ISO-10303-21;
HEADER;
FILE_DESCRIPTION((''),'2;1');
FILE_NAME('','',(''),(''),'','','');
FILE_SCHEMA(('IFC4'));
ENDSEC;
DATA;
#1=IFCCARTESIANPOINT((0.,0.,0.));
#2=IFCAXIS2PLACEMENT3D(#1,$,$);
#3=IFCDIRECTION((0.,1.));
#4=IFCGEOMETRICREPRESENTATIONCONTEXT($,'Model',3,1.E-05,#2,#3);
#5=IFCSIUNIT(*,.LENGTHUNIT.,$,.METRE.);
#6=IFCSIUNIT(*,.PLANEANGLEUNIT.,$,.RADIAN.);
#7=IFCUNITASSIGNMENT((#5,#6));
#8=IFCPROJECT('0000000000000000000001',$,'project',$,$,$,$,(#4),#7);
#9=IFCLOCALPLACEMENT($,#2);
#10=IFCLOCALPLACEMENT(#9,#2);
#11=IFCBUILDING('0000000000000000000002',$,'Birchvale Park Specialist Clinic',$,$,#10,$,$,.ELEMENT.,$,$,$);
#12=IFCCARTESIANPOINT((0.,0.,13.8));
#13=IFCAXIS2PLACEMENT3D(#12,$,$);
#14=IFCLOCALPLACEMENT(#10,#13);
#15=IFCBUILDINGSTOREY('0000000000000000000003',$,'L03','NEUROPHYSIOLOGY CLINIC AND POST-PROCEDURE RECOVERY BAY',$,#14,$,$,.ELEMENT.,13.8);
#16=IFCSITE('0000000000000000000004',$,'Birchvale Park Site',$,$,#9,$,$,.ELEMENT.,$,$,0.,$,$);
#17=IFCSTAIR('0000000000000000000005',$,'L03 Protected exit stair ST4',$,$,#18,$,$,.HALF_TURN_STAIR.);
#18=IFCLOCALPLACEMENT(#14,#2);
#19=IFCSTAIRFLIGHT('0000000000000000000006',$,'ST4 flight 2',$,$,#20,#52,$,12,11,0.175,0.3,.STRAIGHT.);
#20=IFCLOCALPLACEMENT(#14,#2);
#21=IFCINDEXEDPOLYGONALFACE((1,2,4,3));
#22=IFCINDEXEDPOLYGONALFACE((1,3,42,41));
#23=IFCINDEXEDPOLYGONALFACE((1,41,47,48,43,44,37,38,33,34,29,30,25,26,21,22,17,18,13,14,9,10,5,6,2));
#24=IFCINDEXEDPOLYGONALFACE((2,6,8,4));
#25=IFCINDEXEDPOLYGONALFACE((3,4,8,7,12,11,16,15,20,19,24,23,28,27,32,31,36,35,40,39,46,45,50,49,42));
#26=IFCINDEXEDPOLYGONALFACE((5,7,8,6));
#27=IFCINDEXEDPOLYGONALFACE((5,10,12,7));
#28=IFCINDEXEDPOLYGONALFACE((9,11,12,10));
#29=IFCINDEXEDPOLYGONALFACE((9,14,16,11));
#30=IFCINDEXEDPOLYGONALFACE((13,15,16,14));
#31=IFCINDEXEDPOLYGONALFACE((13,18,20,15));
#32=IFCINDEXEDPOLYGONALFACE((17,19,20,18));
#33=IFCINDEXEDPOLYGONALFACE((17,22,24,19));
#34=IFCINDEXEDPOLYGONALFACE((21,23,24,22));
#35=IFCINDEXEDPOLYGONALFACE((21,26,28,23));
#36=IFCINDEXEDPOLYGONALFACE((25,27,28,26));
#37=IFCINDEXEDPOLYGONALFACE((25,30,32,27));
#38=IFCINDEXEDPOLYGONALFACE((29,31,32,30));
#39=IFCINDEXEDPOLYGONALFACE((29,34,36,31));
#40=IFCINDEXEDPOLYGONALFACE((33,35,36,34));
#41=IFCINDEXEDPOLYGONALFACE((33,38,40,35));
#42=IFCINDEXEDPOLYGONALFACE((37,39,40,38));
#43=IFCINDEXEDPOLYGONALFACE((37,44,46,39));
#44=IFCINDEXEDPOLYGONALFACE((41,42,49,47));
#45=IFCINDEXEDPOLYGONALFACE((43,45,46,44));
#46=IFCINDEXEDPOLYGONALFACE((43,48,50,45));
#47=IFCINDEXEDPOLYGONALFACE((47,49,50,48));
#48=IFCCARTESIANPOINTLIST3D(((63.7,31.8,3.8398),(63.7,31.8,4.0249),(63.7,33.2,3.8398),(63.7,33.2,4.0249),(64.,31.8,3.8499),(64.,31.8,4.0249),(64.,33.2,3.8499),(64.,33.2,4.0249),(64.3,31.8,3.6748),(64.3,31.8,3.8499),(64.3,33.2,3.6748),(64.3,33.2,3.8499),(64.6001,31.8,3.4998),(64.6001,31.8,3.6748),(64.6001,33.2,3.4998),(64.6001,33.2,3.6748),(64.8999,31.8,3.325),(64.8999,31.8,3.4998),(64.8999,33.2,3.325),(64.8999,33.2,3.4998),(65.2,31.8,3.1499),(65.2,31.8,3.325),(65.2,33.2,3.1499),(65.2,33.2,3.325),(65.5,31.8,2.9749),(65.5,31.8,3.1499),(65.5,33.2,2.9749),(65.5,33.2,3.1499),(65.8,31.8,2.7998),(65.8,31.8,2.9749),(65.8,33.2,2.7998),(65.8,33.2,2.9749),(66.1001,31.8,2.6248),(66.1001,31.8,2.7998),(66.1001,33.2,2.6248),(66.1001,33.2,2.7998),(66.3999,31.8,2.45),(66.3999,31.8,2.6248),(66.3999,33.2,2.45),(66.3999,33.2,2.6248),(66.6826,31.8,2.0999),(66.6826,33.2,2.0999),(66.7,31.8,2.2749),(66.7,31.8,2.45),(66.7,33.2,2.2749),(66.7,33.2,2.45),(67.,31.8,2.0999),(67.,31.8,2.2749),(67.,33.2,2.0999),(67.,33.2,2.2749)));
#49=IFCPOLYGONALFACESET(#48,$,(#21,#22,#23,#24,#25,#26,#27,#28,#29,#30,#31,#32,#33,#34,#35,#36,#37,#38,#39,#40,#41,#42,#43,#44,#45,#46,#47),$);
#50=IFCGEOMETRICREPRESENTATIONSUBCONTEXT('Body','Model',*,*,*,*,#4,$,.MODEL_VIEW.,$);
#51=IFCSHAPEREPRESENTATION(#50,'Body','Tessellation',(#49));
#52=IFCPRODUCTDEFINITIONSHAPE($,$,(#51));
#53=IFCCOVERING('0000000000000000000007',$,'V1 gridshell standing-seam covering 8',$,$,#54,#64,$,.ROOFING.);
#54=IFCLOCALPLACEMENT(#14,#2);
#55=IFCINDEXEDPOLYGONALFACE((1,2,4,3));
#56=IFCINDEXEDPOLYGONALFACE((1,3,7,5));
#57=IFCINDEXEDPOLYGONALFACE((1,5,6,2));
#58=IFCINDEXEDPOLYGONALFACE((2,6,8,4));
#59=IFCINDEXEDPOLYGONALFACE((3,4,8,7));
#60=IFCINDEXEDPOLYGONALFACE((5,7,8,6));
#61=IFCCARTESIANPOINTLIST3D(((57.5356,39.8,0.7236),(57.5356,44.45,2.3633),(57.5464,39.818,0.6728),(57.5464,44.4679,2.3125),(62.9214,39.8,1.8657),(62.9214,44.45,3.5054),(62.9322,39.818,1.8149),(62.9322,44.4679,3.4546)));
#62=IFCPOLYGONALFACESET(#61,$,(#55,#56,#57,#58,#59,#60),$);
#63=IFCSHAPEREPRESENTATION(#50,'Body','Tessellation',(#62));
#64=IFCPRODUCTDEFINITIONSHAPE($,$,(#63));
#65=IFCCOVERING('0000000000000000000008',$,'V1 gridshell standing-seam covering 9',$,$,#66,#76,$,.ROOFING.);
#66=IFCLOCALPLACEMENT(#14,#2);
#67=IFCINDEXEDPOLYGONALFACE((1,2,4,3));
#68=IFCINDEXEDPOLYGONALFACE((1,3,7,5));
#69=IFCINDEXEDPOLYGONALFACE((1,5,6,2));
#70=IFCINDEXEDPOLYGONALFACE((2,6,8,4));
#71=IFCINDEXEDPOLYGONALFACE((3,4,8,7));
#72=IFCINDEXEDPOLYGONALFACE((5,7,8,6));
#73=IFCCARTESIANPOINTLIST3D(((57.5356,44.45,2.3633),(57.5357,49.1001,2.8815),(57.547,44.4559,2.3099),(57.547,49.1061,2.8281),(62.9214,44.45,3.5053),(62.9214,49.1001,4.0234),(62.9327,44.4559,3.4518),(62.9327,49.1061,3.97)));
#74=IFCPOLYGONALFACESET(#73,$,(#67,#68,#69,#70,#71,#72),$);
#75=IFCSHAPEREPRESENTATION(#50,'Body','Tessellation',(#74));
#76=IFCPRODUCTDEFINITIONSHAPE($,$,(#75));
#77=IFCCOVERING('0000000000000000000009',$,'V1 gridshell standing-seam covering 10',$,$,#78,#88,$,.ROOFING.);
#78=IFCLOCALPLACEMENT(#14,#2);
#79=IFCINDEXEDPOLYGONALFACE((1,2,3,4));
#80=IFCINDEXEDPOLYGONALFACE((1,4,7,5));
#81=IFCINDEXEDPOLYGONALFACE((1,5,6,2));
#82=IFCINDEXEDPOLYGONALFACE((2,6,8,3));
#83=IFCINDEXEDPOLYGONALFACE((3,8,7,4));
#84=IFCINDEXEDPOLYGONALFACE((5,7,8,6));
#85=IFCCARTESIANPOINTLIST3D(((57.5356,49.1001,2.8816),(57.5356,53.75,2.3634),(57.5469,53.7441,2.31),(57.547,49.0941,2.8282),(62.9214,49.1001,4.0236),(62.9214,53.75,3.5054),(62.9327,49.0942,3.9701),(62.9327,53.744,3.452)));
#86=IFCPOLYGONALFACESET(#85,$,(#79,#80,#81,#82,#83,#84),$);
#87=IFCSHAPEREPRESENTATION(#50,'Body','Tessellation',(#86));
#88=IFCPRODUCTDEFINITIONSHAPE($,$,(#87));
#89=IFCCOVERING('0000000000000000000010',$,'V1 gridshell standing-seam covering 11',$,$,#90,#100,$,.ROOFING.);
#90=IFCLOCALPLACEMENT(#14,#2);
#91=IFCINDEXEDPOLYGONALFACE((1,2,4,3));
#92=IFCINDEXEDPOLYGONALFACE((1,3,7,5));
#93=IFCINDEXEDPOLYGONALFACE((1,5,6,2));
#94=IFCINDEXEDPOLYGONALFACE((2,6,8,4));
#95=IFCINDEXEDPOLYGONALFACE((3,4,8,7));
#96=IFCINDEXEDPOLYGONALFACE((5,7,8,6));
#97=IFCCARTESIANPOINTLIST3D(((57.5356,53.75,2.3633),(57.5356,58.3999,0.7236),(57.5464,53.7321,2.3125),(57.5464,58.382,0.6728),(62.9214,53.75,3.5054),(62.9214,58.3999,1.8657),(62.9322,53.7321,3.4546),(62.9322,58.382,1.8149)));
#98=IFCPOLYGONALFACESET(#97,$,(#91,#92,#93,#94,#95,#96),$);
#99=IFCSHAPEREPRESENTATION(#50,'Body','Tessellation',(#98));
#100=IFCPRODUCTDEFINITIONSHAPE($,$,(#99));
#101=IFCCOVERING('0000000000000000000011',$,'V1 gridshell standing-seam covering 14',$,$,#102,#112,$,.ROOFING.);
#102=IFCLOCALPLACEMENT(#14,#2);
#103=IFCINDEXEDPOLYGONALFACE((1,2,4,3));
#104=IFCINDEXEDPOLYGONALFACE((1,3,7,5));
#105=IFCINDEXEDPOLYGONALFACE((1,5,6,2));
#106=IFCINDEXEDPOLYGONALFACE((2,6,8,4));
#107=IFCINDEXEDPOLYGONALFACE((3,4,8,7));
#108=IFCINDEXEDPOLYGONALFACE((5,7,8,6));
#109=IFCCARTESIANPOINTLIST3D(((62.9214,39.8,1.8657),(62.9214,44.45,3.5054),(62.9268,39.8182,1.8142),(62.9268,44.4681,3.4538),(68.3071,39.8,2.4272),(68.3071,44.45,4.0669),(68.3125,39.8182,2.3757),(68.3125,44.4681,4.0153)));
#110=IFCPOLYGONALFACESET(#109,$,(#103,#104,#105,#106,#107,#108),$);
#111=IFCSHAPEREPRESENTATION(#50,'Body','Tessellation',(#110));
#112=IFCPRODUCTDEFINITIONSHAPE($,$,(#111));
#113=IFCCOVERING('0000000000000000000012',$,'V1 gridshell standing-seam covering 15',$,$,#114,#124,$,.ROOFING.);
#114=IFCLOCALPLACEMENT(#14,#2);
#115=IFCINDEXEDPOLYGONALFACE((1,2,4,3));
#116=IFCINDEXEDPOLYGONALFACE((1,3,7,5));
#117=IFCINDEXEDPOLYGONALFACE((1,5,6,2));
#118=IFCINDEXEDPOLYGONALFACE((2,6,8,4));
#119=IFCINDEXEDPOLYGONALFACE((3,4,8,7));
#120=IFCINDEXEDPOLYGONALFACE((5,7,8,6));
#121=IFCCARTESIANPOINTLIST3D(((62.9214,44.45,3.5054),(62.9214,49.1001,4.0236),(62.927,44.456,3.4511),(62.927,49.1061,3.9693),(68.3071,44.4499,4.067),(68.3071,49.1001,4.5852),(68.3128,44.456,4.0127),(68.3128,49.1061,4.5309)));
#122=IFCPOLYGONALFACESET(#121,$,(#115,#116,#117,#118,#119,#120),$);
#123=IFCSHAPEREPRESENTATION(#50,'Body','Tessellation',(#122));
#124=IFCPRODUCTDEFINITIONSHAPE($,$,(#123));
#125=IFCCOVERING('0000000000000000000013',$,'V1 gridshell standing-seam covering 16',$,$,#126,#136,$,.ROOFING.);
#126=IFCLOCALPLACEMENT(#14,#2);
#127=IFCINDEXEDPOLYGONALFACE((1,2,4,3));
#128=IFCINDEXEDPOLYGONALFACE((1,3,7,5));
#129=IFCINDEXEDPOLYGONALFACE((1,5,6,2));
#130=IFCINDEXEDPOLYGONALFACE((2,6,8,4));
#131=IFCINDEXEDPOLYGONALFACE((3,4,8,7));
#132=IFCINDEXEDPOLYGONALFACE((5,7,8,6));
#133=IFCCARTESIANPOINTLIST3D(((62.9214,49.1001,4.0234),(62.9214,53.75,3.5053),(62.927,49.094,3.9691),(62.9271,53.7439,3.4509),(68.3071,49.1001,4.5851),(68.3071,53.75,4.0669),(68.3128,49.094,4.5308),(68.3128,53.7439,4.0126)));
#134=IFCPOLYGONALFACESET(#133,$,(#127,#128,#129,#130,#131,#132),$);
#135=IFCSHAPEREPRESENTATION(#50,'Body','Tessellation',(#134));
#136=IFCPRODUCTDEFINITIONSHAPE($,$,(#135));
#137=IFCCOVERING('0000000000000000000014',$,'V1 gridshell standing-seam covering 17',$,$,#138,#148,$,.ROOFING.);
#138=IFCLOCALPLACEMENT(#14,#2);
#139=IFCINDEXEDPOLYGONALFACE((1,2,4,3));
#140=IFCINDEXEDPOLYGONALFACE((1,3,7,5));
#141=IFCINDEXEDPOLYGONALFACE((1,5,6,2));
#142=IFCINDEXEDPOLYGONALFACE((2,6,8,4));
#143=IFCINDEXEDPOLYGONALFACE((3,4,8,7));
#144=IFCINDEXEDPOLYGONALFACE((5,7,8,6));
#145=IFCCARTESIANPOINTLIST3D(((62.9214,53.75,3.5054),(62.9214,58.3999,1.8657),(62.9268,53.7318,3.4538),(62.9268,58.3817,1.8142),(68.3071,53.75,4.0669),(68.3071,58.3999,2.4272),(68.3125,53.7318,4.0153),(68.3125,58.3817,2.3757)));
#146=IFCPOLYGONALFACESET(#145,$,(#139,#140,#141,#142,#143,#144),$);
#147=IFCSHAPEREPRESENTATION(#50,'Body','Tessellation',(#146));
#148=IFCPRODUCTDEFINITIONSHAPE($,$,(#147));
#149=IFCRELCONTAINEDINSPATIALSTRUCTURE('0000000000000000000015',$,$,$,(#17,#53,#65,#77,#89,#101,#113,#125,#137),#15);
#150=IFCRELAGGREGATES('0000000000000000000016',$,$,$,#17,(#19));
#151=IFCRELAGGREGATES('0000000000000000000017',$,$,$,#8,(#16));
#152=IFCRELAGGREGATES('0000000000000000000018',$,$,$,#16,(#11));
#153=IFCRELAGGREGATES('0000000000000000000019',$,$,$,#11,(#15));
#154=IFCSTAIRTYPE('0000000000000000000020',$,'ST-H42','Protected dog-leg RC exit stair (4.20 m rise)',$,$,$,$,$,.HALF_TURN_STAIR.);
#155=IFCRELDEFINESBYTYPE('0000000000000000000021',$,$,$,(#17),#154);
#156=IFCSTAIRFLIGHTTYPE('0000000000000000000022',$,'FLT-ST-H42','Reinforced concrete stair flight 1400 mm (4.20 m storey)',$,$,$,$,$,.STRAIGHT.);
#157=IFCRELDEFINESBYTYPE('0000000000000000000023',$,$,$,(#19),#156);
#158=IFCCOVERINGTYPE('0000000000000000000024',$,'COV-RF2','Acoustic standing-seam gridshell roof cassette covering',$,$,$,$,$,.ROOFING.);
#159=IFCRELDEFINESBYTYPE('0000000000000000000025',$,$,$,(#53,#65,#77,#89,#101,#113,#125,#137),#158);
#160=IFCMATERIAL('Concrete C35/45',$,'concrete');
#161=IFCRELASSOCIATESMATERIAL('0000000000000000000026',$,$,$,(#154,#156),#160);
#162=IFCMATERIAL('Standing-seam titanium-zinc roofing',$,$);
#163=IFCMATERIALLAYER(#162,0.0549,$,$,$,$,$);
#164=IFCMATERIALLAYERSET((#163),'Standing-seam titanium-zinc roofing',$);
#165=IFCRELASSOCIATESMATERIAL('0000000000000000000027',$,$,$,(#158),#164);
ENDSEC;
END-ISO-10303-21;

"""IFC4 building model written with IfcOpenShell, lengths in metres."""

from ifc_helpers import new_model, si_unit, direction, frame, origin, place, context, subcontext, project, spatial, polyline, outline, extrude, material, layer, layer_set, type_object, element, aggregate, save


model = new_model("IFC4")

# Units and contexts
model_context = context("Model", 3, precision=1e-05, world=origin(), true_north=direction((0.0, 1.0)))
body_context = subcontext(model_context, "Body", "Model", "MODEL_VIEW")
ifc_project = project(units=[si_unit("LENGTHUNIT", "METRE"), si_unit("PLANEANGLEUNIT", "RADIAN")], contexts=[model_context])

# Site, building, storey
site_placement = place(None, origin())
site = spatial("IfcSite", under=ifc_project, at=site_placement, Name="Birchvale Park Site", CompositionType="ELEMENT", RefElevation=0.0)
building_placement = place(site_placement, origin())
building = spatial("IfcBuilding", under=site, at=building_placement, Name="Birchvale Park Specialist Clinic", CompositionType="ELEMENT")
storey_placement = place(building_placement, frame((0.0, 0.0, 13.8)))
storey = spatial("IfcBuildingStorey", under=building, at=storey_placement, Name="L03", Description="NEUROPHYSIOLOGY CLINIC AND POST-PROCEDURE RECOVERY BAY", CompositionType="ELEMENT", Elevation=13.8)

# Shared definitions
ifc_material_1 = material(Name="Concrete C35/45", Category="concrete")

# Stair, stair flight
stair_type = type_object("IfcStairType", Name="ST-H42", Description="Protected dog-leg RC exit stair (4.20 m rise)", PredefinedType="HALF_TURN_STAIR", material=ifc_material_1)
stair_placement = place(storey_placement, origin())
stair = element("IfcStair", 1, at=stair_placement, inside=storey, type_object=stair_type, Name="L03 Protected exit stair ST4", PredefinedType="HALF_TURN_STAIR")
stair_flight_type = type_object("IfcStairFlightType", Name="FLT-ST-H42", Description="Reinforced concrete stair flight 1400 mm (4.20 m storey)", PredefinedType="STRAIGHT", material=ifc_material_1)
stair_flight_placement = place(storey_placement, frame((67.0, 32.5, 2.0999), z_axis=(0.0, 0.0, 1.0), x_axis=(-1.0, 0.0, 0.0)))
stair_flight = element("IfcStairFlight", 2, at=stair_flight_placement, type_object=stair_flight_type, Name="ST4 flight 2", NumberOfRisers=12, NumberOfTreads=11, PredefinedType="STRAIGHT", RiserHeight=0.175, TreadLength=0.3, context=body_context, shape_type="SweptSolid", body=[
    extrude(outline(polyline([(0.0, 0.0), (0.0, 0.175), (0.3, 0.175), (0.3, 0.3501), (0.6001, 0.3501), (0.6001, 0.5249), (0.8999, 0.5249), (0.8999, 0.7), (1.2, 0.7), (1.2, 0.875), (1.5, 0.875), (1.5, 1.05), (1.8, 1.05), (1.8, 1.2251), (2.1001, 1.2251), (2.1001, 1.3999), (2.3999, 1.3999), (2.3999, 1.575), (2.7, 1.575), (2.7, 1.75), (3.0, 1.75), (3.0, 1.925), (3.3, 1.925), (3.3, 2.1001), (3.3, 1.74), (0.3174, 0.0), (0.0, 0.0)])), frame((0.0, 0.7, 0.0), z_axis=(0.0, -1.0, 0.0), x_axis=(1.0, 0.0, 0.0)), (0.0, 0.0, 1.0), 1.3999),
])
aggregate(stair, [stair_flight])

# Coverings
ifc_material_2 = material(Name="Standing-seam titanium-zinc roofing")
ifc_layer_1 = layer(ifc_material_2, 0.0549)
ifc_layer_set_1 = layer_set([ifc_layer_1], Name="Standing-seam titanium-zinc roofing")
covering_type = type_object("IfcCoveringType", Name="COV-RF2", Description="Acoustic standing-seam gridshell roof cassette covering", PredefinedType="ROOFING", material=ifc_layer_set_1)
covering_1_placement = place(storey_placement, frame((57.5356, 39.8, 0.7236), z_axis=(-0.196106, -0.326094, 0.924773), x_axis=(0.978247, 0.0, 0.207445)))
element("IfcCovering", 3, at=covering_1_placement, inside=storey, type_object=covering_type, Name="V1 gridshell standing-seam covering 8", PredefinedType="ROOFING", context=body_context, shape_type="SweptSolid", body=[
    extrude(outline(polyline([(0.0, 0.0), (5.5055, 0.0), (5.8456, 4.9188), (0.3401, 4.9188), (0.0, 0.0)])), origin(), (0.0, 0.0, -1.0), 0.0549),
])
covering_2_placement = place(storey_placement, frame((57.5356, 44.45, 2.3633), z_axis=(-0.206202, -0.108369, 0.97249), x_axis=(0.978251, 0.000002, 0.207424)))
element("IfcCovering", 4, at=covering_2_placement, inside=storey, type_object=covering_type, Name="V1 gridshell standing-seam covering 9", PredefinedType="ROOFING", context=body_context, shape_type="SweptSolid", body=[
    extrude(outline(polyline([(0.0, 0.0), (5.5055, 0.0), (5.613, 4.6777), (0.1075, 4.6777), (0.0, 0.0)])), origin(), (0.0, 0.0, -1.0), 0.0549),
])
covering_3_placement = place(storey_placement, frame((57.5356, 49.1001, 2.8816), z_axis=(-0.206202, 0.108375, 0.972489), x_axis=(0.978251, 0.000002, 0.207424)))
element("IfcCovering", 5, at=covering_3_placement, inside=storey, type_object=covering_type, Name="V1 gridshell standing-seam covering 10", PredefinedType="ROOFING", context=body_context, shape_type="SweptSolid", body=[
    extrude(outline(polyline([(0.0, 0.0), (5.5055, 0.0), (5.398, 4.6774), (-0.1075, 4.6775), (0.0, 0.0)])), origin(), (0.0, 0.0, -1.0), 0.0549),
])
covering_4_placement = place(storey_placement, frame((57.5356, 53.75, 2.3633), z_axis=(-0.196106, 0.326094, 0.924773), x_axis=(0.978247, 0.0, 0.207445)))
element("IfcCovering", 6, at=covering_4_placement, inside=storey, type_object=covering_type, Name="V1 gridshell standing-seam covering 11", PredefinedType="ROOFING", context=body_context, shape_type="SweptSolid", body=[
    extrude(outline(polyline([(0.0, 0.0), (5.5055, 0.0), (5.1654, 4.9188), (-0.3401, 4.9188), (0.0, 0.0)])), origin(), (0.0, 0.0, -1.0), 0.0549),
])
covering_5_placement = place(storey_placement, frame((62.9214, 39.8, 1.8657), z_axis=(-0.097855, -0.330955, 0.938559), x_axis=(0.994609, 0.0, 0.103699)))
element("IfcCovering", 7, at=covering_5_placement, inside=storey, type_object=covering_type, Name="V1 gridshell standing-seam covering 14", PredefinedType="ROOFING", context=body_context, shape_type="SweptSolid", body=[
    extrude(outline(polyline([(0.0, 0.0), (5.4149, 0.0), (5.585, 4.9276), (0.17, 4.9276), (0.0, 0.0)])), origin(), (0.0, 0.0, -1.0), 0.0549),
])
covering_6_placement = place(storey_placement, frame((62.9214, 44.45, 3.5054), z_axis=(-0.10309, -0.110159, 0.988553), x_axis=(0.994606, -0.000002, 0.103721)))
element("IfcCovering", 8, at=covering_6_placement, inside=storey, type_object=covering_type, Name="V1 gridshell standing-seam covering 15", PredefinedType="ROOFING", context=body_context, shape_type="SweptSolid", body=[
    extrude(outline(polyline([(0.0, 0.0), (5.4149, 0.0), (5.4687, 4.6786), (0.0537, 4.6786), (0.0, 0.0)])), origin(), (0.0, 0.0, -1.0), 0.0549),
])
covering_7_placement = place(storey_placement, frame((62.9214, 49.1001, 4.0234), z_axis=(-0.10309, 0.110165, 0.988553), x_axis=(0.994606, -0.000002, 0.103722)))
element("IfcCovering", 9, at=covering_7_placement, inside=storey, type_object=covering_type, Name="V1 gridshell standing-seam covering 16", PredefinedType="ROOFING", context=body_context, shape_type="SweptSolid", body=[
    extrude(outline(polyline([(0.0, 0.0), (5.415, 0.0), (5.3612, 4.6784), (-0.0537, 4.6784), (0.0, 0.0)])), origin(), (0.0, 0.0, -1.0), 0.0549),
])
covering_8_placement = place(storey_placement, frame((62.9214, 53.75, 3.5054), z_axis=(-0.097855, 0.330955, 0.938559), x_axis=(0.994609, 0.0, 0.103699)))
element("IfcCovering", 10, at=covering_8_placement, inside=storey, type_object=covering_type, Name="V1 gridshell standing-seam covering 17", PredefinedType="ROOFING", context=body_context, shape_type="SweptSolid", body=[
    extrude(outline(polyline([(0.0, 0.0), (5.4149, 0.0), (5.2449, 4.9276), (-0.17, 4.9276), (0.0, 0.0)])), origin(), (0.0, 0.0, -1.0), 0.0549),
])

save(model, "model.ifc")
